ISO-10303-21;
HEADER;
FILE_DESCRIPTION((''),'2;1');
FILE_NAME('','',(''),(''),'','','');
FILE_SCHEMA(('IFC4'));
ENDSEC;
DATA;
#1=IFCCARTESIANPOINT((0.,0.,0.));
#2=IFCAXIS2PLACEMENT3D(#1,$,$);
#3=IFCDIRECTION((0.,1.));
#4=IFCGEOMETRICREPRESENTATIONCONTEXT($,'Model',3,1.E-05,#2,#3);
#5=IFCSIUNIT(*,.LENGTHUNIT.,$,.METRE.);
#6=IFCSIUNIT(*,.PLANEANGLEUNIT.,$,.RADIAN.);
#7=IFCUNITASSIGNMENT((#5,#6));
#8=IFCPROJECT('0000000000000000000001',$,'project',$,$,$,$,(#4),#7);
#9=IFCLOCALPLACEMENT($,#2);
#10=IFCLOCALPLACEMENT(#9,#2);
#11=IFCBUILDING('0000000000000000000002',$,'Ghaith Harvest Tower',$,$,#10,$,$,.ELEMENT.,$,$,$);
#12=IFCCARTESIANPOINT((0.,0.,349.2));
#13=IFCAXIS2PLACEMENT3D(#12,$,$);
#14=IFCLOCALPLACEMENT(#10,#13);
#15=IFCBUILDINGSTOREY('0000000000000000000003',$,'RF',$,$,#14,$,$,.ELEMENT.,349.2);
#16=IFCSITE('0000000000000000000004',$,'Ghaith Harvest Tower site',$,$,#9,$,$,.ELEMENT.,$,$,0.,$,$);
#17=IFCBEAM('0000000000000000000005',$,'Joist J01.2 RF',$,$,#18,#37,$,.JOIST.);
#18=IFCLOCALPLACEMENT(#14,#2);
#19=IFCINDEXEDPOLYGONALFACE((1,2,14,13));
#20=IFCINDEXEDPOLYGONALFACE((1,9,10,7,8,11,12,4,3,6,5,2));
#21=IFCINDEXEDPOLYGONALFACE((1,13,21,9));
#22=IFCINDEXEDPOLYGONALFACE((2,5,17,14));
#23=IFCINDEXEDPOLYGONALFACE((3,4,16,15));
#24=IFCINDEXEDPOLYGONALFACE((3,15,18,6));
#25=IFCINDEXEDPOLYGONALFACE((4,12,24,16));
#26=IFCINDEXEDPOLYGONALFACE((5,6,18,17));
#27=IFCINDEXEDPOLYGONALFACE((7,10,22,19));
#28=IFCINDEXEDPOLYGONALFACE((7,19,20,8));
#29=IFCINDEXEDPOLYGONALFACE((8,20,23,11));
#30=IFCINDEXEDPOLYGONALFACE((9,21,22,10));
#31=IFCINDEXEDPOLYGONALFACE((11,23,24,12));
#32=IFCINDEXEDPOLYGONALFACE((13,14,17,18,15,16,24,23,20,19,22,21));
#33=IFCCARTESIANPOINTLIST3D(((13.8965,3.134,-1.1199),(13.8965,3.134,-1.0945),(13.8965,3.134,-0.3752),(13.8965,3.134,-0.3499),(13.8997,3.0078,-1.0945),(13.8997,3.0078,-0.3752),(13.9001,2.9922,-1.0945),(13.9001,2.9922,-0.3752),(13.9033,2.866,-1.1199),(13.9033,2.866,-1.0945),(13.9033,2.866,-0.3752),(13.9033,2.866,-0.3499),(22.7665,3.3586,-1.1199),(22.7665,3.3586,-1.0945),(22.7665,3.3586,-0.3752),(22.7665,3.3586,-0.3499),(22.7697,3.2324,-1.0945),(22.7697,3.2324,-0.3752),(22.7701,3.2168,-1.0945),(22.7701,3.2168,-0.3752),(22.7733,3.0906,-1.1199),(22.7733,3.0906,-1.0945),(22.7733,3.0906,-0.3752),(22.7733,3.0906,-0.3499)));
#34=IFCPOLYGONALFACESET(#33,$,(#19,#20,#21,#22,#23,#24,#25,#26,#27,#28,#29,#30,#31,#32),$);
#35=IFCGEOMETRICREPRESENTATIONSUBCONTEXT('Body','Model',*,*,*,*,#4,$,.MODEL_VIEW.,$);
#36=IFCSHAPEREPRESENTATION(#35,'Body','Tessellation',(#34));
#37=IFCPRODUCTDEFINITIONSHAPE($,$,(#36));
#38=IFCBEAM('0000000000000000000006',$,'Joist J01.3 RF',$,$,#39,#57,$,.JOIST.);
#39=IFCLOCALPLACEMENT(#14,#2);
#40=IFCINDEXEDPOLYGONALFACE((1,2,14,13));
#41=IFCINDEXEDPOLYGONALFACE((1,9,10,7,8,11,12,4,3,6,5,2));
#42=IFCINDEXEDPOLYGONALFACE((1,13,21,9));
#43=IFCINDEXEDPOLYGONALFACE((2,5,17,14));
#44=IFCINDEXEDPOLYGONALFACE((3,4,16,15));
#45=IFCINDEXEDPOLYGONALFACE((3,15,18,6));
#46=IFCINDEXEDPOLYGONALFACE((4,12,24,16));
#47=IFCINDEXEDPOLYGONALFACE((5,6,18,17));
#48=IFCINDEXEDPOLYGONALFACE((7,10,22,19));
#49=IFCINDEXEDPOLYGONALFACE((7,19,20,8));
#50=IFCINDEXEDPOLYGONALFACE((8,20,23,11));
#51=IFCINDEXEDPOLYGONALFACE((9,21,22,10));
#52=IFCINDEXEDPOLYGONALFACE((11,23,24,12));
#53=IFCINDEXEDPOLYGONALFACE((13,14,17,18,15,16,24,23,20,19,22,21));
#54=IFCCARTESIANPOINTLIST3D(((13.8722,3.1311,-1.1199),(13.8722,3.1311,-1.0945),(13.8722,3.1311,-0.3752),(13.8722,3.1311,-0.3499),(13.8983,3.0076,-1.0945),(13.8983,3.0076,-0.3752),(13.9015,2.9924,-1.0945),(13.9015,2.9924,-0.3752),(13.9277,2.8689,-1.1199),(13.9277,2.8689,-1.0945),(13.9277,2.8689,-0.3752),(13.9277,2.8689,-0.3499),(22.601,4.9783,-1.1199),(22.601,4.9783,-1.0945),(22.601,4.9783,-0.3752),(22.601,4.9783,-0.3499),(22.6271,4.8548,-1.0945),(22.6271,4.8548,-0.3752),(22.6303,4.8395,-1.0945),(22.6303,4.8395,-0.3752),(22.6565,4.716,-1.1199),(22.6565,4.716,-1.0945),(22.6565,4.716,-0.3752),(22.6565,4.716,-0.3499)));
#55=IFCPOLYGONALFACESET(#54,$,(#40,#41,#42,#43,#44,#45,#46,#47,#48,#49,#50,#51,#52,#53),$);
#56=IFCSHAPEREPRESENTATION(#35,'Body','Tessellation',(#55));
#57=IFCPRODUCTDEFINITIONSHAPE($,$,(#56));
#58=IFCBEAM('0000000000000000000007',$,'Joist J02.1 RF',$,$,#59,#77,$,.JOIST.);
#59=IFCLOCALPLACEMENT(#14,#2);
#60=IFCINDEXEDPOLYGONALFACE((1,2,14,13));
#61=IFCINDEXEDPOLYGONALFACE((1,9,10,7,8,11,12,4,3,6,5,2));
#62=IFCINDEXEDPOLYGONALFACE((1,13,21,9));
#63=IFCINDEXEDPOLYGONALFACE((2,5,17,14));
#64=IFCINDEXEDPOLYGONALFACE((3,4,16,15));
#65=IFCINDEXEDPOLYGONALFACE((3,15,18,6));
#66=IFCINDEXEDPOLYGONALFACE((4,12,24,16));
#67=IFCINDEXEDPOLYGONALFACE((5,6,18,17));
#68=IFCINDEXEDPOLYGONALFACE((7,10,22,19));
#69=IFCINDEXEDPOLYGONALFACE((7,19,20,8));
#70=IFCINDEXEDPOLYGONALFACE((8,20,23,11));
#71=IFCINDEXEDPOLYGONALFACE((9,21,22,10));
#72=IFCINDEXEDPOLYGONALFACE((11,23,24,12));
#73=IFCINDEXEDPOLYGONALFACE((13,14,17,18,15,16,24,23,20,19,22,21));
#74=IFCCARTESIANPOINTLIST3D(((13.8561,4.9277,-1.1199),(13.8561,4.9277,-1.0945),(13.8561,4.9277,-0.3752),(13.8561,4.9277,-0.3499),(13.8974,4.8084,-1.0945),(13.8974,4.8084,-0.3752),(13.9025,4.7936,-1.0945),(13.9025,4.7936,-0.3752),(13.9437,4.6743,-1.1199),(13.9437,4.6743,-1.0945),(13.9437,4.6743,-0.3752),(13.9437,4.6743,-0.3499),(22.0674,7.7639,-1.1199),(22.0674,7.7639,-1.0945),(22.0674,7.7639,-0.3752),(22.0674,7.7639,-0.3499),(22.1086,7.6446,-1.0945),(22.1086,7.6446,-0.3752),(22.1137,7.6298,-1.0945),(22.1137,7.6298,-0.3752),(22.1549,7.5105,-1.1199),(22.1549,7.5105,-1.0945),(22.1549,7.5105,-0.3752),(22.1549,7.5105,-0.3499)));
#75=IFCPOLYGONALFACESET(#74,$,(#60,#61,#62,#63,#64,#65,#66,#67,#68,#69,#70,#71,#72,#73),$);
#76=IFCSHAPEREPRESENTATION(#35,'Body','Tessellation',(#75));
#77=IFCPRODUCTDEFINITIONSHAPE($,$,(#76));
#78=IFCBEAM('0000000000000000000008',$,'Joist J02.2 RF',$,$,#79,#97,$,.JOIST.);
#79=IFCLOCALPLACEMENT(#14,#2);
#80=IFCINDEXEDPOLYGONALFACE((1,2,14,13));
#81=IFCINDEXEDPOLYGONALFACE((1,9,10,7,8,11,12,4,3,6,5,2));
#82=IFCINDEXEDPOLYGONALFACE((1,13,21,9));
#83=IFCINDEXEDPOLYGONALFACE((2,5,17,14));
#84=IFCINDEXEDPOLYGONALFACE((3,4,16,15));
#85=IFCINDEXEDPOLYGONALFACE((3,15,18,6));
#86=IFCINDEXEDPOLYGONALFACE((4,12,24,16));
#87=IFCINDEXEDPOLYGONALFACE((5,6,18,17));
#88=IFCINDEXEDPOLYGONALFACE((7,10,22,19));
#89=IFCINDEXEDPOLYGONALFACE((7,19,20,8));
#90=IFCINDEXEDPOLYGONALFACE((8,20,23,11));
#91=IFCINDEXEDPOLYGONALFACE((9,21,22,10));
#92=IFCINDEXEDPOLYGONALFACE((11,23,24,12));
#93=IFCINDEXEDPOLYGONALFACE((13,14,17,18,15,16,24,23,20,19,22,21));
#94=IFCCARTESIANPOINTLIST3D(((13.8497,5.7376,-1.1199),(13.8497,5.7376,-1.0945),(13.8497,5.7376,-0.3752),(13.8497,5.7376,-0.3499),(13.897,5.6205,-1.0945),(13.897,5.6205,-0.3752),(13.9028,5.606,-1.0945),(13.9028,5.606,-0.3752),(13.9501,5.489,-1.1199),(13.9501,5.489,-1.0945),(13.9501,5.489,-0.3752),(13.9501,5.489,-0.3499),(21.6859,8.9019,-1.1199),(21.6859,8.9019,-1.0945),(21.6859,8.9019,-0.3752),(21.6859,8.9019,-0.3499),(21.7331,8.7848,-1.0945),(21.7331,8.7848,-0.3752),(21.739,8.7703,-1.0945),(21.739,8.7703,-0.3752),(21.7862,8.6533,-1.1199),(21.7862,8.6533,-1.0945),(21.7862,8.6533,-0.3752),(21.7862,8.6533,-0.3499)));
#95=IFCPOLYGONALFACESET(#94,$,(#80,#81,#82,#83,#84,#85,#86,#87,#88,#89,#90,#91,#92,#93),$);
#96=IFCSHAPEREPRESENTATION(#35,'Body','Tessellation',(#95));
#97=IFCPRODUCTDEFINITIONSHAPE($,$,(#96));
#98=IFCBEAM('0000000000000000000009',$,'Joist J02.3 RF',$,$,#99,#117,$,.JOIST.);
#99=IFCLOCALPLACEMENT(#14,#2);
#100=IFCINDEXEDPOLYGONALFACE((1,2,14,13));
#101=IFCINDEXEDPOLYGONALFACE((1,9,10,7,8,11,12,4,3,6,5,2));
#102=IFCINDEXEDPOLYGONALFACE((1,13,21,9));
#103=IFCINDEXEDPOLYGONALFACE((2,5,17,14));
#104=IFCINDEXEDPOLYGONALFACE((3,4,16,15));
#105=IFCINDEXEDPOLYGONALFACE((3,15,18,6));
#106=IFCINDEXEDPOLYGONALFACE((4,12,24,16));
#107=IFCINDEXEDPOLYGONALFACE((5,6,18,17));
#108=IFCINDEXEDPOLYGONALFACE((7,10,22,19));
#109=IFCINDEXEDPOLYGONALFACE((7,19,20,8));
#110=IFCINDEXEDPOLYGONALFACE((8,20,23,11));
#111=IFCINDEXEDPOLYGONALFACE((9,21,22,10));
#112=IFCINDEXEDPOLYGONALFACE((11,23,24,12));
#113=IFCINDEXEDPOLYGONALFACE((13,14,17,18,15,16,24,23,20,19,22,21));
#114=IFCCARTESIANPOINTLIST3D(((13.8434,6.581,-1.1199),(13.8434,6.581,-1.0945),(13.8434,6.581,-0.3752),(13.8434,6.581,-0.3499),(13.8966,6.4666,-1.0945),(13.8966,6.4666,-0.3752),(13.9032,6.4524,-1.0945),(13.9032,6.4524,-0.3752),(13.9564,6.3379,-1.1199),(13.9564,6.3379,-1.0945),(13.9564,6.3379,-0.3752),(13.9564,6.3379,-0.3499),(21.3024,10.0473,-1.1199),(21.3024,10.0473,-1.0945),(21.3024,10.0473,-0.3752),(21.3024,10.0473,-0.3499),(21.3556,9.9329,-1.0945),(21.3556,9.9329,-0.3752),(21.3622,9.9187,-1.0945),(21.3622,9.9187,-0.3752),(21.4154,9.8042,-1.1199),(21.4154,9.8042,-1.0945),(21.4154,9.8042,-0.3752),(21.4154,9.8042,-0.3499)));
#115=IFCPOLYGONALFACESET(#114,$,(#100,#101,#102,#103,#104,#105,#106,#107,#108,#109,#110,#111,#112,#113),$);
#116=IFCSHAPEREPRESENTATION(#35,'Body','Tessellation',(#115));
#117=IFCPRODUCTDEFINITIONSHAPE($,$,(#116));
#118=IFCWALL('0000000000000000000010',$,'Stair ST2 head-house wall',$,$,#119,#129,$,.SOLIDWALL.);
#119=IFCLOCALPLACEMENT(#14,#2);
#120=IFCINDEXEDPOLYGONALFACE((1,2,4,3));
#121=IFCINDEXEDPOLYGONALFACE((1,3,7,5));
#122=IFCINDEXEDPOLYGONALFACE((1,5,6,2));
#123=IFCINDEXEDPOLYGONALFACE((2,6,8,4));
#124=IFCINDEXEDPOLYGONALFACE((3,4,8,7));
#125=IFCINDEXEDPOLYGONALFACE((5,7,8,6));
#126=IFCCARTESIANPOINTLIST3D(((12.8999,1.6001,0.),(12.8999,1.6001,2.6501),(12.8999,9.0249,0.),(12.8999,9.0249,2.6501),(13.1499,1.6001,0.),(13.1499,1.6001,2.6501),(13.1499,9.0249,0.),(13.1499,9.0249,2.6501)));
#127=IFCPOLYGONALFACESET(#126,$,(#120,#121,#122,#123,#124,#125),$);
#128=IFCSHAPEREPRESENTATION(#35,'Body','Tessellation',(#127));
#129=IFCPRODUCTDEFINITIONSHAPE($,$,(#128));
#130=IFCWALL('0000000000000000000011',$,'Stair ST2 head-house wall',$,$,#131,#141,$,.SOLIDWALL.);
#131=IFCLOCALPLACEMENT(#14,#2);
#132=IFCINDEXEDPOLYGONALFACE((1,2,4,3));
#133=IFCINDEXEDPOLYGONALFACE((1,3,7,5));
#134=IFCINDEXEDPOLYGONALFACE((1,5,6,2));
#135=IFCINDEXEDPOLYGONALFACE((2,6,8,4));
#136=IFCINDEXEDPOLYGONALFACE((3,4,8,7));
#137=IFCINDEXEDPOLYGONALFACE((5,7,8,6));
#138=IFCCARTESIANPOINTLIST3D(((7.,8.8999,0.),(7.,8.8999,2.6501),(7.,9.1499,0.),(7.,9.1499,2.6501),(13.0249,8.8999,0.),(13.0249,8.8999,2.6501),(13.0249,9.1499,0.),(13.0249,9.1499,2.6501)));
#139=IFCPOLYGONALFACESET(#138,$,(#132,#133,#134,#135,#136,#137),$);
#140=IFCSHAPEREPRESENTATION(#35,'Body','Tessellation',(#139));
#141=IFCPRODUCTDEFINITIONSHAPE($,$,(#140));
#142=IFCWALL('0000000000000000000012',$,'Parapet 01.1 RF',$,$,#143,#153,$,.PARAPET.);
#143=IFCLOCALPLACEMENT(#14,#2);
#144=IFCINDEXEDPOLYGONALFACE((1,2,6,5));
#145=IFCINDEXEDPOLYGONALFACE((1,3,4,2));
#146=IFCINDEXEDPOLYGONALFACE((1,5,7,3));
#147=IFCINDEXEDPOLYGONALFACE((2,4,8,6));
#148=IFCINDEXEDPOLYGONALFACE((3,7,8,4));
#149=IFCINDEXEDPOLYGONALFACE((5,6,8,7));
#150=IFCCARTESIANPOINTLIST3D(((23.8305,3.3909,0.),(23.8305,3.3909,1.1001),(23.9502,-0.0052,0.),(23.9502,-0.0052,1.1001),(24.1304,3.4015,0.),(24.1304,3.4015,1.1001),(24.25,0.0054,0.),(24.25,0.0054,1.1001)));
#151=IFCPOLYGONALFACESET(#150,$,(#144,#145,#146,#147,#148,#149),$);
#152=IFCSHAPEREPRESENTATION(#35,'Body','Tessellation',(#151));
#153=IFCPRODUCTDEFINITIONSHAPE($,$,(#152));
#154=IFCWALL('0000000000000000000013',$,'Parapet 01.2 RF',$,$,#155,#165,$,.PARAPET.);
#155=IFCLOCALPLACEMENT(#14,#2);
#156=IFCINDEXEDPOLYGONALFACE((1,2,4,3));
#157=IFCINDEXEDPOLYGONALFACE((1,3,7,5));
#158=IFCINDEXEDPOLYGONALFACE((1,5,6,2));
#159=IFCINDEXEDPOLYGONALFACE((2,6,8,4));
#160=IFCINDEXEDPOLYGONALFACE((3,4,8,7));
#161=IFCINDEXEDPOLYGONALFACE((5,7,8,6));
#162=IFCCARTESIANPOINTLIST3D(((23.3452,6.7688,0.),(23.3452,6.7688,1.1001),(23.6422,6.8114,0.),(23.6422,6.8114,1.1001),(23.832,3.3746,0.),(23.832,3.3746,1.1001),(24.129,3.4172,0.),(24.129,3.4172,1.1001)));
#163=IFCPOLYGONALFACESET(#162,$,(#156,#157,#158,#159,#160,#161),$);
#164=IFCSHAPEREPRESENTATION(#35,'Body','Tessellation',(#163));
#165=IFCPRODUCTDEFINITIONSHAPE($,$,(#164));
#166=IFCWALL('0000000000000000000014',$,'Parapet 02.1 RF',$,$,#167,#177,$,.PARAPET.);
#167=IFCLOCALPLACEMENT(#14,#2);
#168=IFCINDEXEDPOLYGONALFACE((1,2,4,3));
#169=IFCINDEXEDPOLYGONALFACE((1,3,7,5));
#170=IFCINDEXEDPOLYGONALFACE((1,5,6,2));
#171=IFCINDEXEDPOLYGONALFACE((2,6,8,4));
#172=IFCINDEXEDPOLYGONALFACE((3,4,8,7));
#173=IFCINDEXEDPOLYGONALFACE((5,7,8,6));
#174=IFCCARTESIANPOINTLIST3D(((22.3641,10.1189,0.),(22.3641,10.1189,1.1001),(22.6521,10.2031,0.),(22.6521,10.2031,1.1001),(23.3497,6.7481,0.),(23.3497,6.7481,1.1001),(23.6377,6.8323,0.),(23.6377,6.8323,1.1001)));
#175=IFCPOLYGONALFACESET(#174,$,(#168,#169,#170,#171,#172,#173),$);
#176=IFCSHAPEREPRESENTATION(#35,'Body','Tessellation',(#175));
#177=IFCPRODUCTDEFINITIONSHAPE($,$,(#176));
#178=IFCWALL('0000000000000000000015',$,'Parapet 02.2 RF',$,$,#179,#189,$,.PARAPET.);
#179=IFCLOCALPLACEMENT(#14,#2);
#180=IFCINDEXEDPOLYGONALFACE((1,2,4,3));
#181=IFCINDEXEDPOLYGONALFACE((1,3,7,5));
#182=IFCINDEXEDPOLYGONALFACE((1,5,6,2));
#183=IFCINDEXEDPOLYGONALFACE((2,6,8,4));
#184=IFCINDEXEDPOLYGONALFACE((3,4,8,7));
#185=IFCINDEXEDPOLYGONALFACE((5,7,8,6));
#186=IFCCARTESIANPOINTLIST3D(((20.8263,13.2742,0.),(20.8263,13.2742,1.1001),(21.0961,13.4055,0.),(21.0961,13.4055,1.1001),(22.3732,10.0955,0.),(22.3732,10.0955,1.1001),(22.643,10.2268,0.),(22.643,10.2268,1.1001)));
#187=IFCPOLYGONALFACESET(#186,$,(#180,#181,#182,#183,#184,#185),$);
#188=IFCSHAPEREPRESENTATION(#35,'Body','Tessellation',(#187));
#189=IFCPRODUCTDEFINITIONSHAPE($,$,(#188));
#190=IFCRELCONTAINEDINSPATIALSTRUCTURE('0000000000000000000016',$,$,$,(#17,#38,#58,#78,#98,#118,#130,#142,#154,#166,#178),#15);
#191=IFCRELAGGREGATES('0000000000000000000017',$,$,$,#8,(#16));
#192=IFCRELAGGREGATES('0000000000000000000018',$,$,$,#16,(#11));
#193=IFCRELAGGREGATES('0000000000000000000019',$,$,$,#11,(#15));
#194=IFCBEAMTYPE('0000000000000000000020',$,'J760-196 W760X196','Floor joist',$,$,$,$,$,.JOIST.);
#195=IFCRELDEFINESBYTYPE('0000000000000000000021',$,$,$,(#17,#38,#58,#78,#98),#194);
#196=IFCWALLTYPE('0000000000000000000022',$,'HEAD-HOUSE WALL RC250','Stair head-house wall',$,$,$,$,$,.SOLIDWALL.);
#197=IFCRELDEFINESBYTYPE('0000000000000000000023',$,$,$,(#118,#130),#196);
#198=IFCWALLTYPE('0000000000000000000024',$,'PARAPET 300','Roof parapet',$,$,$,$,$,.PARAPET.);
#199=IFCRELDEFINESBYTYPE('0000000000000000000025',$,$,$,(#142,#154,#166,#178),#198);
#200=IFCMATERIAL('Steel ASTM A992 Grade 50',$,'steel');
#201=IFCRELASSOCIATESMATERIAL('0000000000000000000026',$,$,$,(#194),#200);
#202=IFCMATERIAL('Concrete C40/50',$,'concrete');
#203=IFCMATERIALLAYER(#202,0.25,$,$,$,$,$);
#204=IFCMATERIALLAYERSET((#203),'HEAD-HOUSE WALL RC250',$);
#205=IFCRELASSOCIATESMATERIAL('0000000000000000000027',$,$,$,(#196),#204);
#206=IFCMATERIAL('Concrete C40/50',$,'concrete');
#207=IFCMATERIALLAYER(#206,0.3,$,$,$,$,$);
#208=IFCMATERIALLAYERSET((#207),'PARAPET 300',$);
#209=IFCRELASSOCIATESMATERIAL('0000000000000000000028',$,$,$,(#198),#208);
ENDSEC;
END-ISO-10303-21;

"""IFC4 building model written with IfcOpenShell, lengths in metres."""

from ifc_helpers import new_model, si_unit, direction, frame, frame_2d, origin, origin_2d, place, context, subcontext, project, spatial, rectangle, i_section, extrude, material, layer, layer_set, material_profile, profile_set, type_object, element, save


model = new_model("IFC4")

# Units and contexts
model_context = context("Model", 3, precision=1e-05, world=origin(), true_north=direction((0.0, 1.0)))
body_context = subcontext(model_context, "Body", "Model", "MODEL_VIEW")
ifc_project = project(units=[si_unit("LENGTHUNIT", "METRE"), si_unit("PLANEANGLEUNIT", "RADIAN")], contexts=[model_context])

# Site, building, storey
site_placement = place(None, origin())
site = spatial("IfcSite", under=ifc_project, at=site_placement, Name="Ghaith Harvest Tower site", CompositionType="ELEMENT", RefElevation=0.0)
building_placement = place(site_placement, origin())
building = spatial("IfcBuilding", under=site, at=building_placement, Name="Ghaith Harvest Tower", CompositionType="ELEMENT")
storey_placement = place(building_placement, frame((0.0, 0.0, 349.2)))
storey = spatial("IfcBuildingStorey", under=building, at=storey_placement, Name="RF", CompositionType="ELEMENT", Elevation=349.2)

# Beams
ifc_material_1 = material(Name="Steel ASTM A992 Grade 50", Category="steel")
ifc_material_profile_1 = material_profile(ifc_material_1, i_section(OverallWidth=0.2681, OverallDepth=0.77, WebThickness=0.0156, FlangeThickness=0.0254, at=origin_2d()), Name="W760X196")
ifc_profile_set_1 = profile_set([ifc_material_profile_1], Name="Steel ASTM A992 Grade 50")
beam_type_1 = type_object("IfcBeamType", Name="J760-196 W760X196", Description="Floor joist", PredefinedType="JOIST", material=ifc_profile_set_1)
beam_1_placement = place(storey_placement, frame((13.8999, 3.0, -0.7349), z_axis=(0.99968, 0.025315, 0.0), x_axis=(-0.025315, 0.99968, 0.0)))
element("IfcBeam", 1, at=beam_1_placement, inside=storey, type_object=beam_type_1, Name="Joist J01.2 RF", PredefinedType="JOIST", context=body_context, shape_type="SweptSolid", body=[
    extrude(i_section(OverallWidth=0.2681, OverallDepth=0.77, WebThickness=0.0156, FlangeThickness=0.0254, at=origin_2d()), origin(), (0.0, 0.0, 1.0), 8.8728),
])
beam_2_placement = place(storey_placement, frame((13.8999, 3.0, -0.7349), z_axis=(0.978334, 0.207034, 0.0), x_axis=(-0.207034, 0.978334, 0.0)))
element("IfcBeam", 2, at=beam_2_placement, inside=storey, type_object=beam_type_1, Name="Joist J01.3 RF", PredefinedType="JOIST", context=body_context, shape_type="SweptSolid", body=[
    extrude(i_section(OverallWidth=0.2681, OverallDepth=0.77, WebThickness=0.0156, FlangeThickness=0.0254, at=origin_2d()), origin(), (0.0, 0.0, 1.0), 8.9221),
])
beam_3_placement = place(storey_placement, frame((13.8999, 4.801, -0.7349), z_axis=(0.945205, 0.326478, 0.0), x_axis=(-0.326478, 0.945205, 0.0)))
element("IfcBeam", 3, at=beam_3_placement, inside=storey, type_object=beam_type_1, Name="Joist J02.1 RF", PredefinedType="JOIST", context=body_context, shape_type="SweptSolid", body=[
    extrude(i_section(OverallWidth=0.2681, OverallDepth=0.77, WebThickness=0.0156, FlangeThickness=0.0254, at=origin_2d()), origin(), (0.0, 0.0, 1.0), 8.6873),
])
beam_4_placement = place(storey_placement, frame((13.8999, 5.6133, -0.7349), z_axis=(0.927254, 0.374432, 0.0), x_axis=(-0.374432, 0.927254, 0.0)))
element("IfcBeam", 4, at=beam_4_placement, inside=storey, type_object=beam_type_1, Name="Joist J02.2 RF", PredefinedType="JOIST", context=body_context, shape_type="SweptSolid", body=[
    extrude(i_section(OverallWidth=0.2681, OverallDepth=0.77, WebThickness=0.0156, FlangeThickness=0.0254, at=origin_2d()), origin(), (0.0, 0.0, 1.0), 8.4509),
])
beam_5_placement = place(storey_placement, frame((13.8999, 6.4595, -0.7349), z_axis=(0.90686, 0.421432, 0.0), x_axis=(-0.421432, 0.90686, 0.0)))
element("IfcBeam", 5, at=beam_5_placement, inside=storey, type_object=beam_type_1, Name="Joist J02.3 RF", PredefinedType="JOIST", context=body_context, shape_type="SweptSolid", body=[
    extrude(i_section(OverallWidth=0.2681, OverallDepth=0.77, WebThickness=0.0156, FlangeThickness=0.0254, at=origin_2d()), origin(), (0.0, 0.0, 1.0), 8.2251),
])

# Walls
ifc_material_2 = material(Name="Concrete C40/50", Category="concrete")
ifc_layer_1 = layer(ifc_material_2, 0.25)
ifc_layer_set_1 = layer_set([ifc_layer_1], Name="HEAD-HOUSE WALL RC250")
wall_type_1 = type_object("IfcWallType", Name="HEAD-HOUSE WALL RC250", Description="Stair head-house wall", PredefinedType="SOLIDWALL", material=ifc_layer_set_1)
wall_1_placement = place(storey_placement, frame((13.0249, 1.6001, 0.0), z_axis=(0.0, 0.0, 1.0), x_axis=(0.0, 1.0, 0.0)))
element("IfcWall", 6, at=wall_1_placement, inside=storey, type_object=wall_type_1, Name="Stair ST2 head-house wall", PredefinedType="SOLIDWALL", context=body_context, shape_type="SweptSolid", body=[
    extrude(rectangle(XDim=7.4248, YDim=0.25, at=frame_2d((3.7124, 0.0))), origin(), (0.0, 0.0, 1.0), 2.6501),
])
wall_2_placement = place(storey_placement, frame((13.0249, 9.0249, 0.0), z_axis=(0.0, 0.0, 1.0), x_axis=(-1.0, 0.0, 0.0)))
element("IfcWall", 7, at=wall_2_placement, inside=storey, type_object=wall_type_1, Name="Stair ST2 head-house wall", PredefinedType="SOLIDWALL", context=body_context, shape_type="SweptSolid", body=[
    extrude(rectangle(XDim=6.0249, YDim=0.25, at=frame_2d((3.0125, 0.0))), origin(), (0.0, 0.0, 1.0), 2.6501),
])
ifc_material_3 = material(Name="Concrete C40/50", Category="concrete")
ifc_layer_2 = layer(ifc_material_3, 0.3)
ifc_layer_set_2 = layer_set([ifc_layer_2], Name="PARAPET 300")
wall_type_2 = type_object("IfcWallType", Name="PARAPET 300", Description="Roof parapet", PredefinedType="PARAPET", material=ifc_layer_set_2)
wall_3_placement = place(storey_placement, frame((24.1001, 0.0, 0.0), z_axis=(0.0, 0.0, 1.0), x_axis=(-0.035205, 0.99938, 0.0)))
element("IfcWall", 8, at=wall_3_placement, inside=storey, type_object=wall_type_2, Name="Parapet 01.1 RF", PredefinedType="PARAPET", context=body_context, shape_type="SweptSolid", body=[
    extrude(rectangle(XDim=3.3982, YDim=0.3, at=frame_2d((1.6992, 0.0))), origin(), (0.0, 0.0, 1.0), 1.1001),
])
wall_4_placement = place(storey_placement, frame((23.9805, 3.396, 0.0), z_axis=(0.0, 0.0, 1.0), x_axis=(-0.14197, 0.989871, 0.0)))
element("IfcWall", 9, at=wall_4_placement, inside=storey, type_object=wall_type_2, Name="Parapet 01.2 RF", PredefinedType="PARAPET", context=body_context, shape_type="SweptSolid", body=[
    extrude(rectangle(XDim=3.429, YDim=0.3, at=frame_2d((1.7144, 0.0))), origin(), (0.0, 0.0, 1.0), 1.1001),
])
wall_5_placement = place(storey_placement, frame((23.4937, 6.7903, 0.0), z_axis=(0.0, 0.0, 1.0), x_axis=(-0.280638, 0.959814, 0.0)))
element("IfcWall", 10, at=wall_5_placement, inside=storey, type_object=wall_type_2, Name="Parapet 02.1 RF", PredefinedType="PARAPET", context=body_context, shape_type="SweptSolid", body=[
    extrude(rectangle(XDim=3.512, YDim=0.3, at=frame_2d((1.7559, 0.0))), origin(), (0.0, 0.0, 1.0), 1.1001),
])
wall_6_placement = place(storey_placement, frame((22.5081, 10.1611, 0.0), z_axis=(0.0, 0.0, 1.0), x_axis=(-0.437574, 0.899182, 0.0)))
element("IfcWall", 11, at=wall_6_placement, inside=storey, type_object=wall_type_2, Name="Parapet 02.2 RF", PredefinedType="PARAPET", context=body_context, shape_type="SweptSolid", body=[
    extrude(rectangle(XDim=3.5352, YDim=0.3, at=frame_2d((1.7676, 0.0))), origin(), (0.0, 0.0, 1.0), 1.1001),
])

save(model, "model.ifc")
